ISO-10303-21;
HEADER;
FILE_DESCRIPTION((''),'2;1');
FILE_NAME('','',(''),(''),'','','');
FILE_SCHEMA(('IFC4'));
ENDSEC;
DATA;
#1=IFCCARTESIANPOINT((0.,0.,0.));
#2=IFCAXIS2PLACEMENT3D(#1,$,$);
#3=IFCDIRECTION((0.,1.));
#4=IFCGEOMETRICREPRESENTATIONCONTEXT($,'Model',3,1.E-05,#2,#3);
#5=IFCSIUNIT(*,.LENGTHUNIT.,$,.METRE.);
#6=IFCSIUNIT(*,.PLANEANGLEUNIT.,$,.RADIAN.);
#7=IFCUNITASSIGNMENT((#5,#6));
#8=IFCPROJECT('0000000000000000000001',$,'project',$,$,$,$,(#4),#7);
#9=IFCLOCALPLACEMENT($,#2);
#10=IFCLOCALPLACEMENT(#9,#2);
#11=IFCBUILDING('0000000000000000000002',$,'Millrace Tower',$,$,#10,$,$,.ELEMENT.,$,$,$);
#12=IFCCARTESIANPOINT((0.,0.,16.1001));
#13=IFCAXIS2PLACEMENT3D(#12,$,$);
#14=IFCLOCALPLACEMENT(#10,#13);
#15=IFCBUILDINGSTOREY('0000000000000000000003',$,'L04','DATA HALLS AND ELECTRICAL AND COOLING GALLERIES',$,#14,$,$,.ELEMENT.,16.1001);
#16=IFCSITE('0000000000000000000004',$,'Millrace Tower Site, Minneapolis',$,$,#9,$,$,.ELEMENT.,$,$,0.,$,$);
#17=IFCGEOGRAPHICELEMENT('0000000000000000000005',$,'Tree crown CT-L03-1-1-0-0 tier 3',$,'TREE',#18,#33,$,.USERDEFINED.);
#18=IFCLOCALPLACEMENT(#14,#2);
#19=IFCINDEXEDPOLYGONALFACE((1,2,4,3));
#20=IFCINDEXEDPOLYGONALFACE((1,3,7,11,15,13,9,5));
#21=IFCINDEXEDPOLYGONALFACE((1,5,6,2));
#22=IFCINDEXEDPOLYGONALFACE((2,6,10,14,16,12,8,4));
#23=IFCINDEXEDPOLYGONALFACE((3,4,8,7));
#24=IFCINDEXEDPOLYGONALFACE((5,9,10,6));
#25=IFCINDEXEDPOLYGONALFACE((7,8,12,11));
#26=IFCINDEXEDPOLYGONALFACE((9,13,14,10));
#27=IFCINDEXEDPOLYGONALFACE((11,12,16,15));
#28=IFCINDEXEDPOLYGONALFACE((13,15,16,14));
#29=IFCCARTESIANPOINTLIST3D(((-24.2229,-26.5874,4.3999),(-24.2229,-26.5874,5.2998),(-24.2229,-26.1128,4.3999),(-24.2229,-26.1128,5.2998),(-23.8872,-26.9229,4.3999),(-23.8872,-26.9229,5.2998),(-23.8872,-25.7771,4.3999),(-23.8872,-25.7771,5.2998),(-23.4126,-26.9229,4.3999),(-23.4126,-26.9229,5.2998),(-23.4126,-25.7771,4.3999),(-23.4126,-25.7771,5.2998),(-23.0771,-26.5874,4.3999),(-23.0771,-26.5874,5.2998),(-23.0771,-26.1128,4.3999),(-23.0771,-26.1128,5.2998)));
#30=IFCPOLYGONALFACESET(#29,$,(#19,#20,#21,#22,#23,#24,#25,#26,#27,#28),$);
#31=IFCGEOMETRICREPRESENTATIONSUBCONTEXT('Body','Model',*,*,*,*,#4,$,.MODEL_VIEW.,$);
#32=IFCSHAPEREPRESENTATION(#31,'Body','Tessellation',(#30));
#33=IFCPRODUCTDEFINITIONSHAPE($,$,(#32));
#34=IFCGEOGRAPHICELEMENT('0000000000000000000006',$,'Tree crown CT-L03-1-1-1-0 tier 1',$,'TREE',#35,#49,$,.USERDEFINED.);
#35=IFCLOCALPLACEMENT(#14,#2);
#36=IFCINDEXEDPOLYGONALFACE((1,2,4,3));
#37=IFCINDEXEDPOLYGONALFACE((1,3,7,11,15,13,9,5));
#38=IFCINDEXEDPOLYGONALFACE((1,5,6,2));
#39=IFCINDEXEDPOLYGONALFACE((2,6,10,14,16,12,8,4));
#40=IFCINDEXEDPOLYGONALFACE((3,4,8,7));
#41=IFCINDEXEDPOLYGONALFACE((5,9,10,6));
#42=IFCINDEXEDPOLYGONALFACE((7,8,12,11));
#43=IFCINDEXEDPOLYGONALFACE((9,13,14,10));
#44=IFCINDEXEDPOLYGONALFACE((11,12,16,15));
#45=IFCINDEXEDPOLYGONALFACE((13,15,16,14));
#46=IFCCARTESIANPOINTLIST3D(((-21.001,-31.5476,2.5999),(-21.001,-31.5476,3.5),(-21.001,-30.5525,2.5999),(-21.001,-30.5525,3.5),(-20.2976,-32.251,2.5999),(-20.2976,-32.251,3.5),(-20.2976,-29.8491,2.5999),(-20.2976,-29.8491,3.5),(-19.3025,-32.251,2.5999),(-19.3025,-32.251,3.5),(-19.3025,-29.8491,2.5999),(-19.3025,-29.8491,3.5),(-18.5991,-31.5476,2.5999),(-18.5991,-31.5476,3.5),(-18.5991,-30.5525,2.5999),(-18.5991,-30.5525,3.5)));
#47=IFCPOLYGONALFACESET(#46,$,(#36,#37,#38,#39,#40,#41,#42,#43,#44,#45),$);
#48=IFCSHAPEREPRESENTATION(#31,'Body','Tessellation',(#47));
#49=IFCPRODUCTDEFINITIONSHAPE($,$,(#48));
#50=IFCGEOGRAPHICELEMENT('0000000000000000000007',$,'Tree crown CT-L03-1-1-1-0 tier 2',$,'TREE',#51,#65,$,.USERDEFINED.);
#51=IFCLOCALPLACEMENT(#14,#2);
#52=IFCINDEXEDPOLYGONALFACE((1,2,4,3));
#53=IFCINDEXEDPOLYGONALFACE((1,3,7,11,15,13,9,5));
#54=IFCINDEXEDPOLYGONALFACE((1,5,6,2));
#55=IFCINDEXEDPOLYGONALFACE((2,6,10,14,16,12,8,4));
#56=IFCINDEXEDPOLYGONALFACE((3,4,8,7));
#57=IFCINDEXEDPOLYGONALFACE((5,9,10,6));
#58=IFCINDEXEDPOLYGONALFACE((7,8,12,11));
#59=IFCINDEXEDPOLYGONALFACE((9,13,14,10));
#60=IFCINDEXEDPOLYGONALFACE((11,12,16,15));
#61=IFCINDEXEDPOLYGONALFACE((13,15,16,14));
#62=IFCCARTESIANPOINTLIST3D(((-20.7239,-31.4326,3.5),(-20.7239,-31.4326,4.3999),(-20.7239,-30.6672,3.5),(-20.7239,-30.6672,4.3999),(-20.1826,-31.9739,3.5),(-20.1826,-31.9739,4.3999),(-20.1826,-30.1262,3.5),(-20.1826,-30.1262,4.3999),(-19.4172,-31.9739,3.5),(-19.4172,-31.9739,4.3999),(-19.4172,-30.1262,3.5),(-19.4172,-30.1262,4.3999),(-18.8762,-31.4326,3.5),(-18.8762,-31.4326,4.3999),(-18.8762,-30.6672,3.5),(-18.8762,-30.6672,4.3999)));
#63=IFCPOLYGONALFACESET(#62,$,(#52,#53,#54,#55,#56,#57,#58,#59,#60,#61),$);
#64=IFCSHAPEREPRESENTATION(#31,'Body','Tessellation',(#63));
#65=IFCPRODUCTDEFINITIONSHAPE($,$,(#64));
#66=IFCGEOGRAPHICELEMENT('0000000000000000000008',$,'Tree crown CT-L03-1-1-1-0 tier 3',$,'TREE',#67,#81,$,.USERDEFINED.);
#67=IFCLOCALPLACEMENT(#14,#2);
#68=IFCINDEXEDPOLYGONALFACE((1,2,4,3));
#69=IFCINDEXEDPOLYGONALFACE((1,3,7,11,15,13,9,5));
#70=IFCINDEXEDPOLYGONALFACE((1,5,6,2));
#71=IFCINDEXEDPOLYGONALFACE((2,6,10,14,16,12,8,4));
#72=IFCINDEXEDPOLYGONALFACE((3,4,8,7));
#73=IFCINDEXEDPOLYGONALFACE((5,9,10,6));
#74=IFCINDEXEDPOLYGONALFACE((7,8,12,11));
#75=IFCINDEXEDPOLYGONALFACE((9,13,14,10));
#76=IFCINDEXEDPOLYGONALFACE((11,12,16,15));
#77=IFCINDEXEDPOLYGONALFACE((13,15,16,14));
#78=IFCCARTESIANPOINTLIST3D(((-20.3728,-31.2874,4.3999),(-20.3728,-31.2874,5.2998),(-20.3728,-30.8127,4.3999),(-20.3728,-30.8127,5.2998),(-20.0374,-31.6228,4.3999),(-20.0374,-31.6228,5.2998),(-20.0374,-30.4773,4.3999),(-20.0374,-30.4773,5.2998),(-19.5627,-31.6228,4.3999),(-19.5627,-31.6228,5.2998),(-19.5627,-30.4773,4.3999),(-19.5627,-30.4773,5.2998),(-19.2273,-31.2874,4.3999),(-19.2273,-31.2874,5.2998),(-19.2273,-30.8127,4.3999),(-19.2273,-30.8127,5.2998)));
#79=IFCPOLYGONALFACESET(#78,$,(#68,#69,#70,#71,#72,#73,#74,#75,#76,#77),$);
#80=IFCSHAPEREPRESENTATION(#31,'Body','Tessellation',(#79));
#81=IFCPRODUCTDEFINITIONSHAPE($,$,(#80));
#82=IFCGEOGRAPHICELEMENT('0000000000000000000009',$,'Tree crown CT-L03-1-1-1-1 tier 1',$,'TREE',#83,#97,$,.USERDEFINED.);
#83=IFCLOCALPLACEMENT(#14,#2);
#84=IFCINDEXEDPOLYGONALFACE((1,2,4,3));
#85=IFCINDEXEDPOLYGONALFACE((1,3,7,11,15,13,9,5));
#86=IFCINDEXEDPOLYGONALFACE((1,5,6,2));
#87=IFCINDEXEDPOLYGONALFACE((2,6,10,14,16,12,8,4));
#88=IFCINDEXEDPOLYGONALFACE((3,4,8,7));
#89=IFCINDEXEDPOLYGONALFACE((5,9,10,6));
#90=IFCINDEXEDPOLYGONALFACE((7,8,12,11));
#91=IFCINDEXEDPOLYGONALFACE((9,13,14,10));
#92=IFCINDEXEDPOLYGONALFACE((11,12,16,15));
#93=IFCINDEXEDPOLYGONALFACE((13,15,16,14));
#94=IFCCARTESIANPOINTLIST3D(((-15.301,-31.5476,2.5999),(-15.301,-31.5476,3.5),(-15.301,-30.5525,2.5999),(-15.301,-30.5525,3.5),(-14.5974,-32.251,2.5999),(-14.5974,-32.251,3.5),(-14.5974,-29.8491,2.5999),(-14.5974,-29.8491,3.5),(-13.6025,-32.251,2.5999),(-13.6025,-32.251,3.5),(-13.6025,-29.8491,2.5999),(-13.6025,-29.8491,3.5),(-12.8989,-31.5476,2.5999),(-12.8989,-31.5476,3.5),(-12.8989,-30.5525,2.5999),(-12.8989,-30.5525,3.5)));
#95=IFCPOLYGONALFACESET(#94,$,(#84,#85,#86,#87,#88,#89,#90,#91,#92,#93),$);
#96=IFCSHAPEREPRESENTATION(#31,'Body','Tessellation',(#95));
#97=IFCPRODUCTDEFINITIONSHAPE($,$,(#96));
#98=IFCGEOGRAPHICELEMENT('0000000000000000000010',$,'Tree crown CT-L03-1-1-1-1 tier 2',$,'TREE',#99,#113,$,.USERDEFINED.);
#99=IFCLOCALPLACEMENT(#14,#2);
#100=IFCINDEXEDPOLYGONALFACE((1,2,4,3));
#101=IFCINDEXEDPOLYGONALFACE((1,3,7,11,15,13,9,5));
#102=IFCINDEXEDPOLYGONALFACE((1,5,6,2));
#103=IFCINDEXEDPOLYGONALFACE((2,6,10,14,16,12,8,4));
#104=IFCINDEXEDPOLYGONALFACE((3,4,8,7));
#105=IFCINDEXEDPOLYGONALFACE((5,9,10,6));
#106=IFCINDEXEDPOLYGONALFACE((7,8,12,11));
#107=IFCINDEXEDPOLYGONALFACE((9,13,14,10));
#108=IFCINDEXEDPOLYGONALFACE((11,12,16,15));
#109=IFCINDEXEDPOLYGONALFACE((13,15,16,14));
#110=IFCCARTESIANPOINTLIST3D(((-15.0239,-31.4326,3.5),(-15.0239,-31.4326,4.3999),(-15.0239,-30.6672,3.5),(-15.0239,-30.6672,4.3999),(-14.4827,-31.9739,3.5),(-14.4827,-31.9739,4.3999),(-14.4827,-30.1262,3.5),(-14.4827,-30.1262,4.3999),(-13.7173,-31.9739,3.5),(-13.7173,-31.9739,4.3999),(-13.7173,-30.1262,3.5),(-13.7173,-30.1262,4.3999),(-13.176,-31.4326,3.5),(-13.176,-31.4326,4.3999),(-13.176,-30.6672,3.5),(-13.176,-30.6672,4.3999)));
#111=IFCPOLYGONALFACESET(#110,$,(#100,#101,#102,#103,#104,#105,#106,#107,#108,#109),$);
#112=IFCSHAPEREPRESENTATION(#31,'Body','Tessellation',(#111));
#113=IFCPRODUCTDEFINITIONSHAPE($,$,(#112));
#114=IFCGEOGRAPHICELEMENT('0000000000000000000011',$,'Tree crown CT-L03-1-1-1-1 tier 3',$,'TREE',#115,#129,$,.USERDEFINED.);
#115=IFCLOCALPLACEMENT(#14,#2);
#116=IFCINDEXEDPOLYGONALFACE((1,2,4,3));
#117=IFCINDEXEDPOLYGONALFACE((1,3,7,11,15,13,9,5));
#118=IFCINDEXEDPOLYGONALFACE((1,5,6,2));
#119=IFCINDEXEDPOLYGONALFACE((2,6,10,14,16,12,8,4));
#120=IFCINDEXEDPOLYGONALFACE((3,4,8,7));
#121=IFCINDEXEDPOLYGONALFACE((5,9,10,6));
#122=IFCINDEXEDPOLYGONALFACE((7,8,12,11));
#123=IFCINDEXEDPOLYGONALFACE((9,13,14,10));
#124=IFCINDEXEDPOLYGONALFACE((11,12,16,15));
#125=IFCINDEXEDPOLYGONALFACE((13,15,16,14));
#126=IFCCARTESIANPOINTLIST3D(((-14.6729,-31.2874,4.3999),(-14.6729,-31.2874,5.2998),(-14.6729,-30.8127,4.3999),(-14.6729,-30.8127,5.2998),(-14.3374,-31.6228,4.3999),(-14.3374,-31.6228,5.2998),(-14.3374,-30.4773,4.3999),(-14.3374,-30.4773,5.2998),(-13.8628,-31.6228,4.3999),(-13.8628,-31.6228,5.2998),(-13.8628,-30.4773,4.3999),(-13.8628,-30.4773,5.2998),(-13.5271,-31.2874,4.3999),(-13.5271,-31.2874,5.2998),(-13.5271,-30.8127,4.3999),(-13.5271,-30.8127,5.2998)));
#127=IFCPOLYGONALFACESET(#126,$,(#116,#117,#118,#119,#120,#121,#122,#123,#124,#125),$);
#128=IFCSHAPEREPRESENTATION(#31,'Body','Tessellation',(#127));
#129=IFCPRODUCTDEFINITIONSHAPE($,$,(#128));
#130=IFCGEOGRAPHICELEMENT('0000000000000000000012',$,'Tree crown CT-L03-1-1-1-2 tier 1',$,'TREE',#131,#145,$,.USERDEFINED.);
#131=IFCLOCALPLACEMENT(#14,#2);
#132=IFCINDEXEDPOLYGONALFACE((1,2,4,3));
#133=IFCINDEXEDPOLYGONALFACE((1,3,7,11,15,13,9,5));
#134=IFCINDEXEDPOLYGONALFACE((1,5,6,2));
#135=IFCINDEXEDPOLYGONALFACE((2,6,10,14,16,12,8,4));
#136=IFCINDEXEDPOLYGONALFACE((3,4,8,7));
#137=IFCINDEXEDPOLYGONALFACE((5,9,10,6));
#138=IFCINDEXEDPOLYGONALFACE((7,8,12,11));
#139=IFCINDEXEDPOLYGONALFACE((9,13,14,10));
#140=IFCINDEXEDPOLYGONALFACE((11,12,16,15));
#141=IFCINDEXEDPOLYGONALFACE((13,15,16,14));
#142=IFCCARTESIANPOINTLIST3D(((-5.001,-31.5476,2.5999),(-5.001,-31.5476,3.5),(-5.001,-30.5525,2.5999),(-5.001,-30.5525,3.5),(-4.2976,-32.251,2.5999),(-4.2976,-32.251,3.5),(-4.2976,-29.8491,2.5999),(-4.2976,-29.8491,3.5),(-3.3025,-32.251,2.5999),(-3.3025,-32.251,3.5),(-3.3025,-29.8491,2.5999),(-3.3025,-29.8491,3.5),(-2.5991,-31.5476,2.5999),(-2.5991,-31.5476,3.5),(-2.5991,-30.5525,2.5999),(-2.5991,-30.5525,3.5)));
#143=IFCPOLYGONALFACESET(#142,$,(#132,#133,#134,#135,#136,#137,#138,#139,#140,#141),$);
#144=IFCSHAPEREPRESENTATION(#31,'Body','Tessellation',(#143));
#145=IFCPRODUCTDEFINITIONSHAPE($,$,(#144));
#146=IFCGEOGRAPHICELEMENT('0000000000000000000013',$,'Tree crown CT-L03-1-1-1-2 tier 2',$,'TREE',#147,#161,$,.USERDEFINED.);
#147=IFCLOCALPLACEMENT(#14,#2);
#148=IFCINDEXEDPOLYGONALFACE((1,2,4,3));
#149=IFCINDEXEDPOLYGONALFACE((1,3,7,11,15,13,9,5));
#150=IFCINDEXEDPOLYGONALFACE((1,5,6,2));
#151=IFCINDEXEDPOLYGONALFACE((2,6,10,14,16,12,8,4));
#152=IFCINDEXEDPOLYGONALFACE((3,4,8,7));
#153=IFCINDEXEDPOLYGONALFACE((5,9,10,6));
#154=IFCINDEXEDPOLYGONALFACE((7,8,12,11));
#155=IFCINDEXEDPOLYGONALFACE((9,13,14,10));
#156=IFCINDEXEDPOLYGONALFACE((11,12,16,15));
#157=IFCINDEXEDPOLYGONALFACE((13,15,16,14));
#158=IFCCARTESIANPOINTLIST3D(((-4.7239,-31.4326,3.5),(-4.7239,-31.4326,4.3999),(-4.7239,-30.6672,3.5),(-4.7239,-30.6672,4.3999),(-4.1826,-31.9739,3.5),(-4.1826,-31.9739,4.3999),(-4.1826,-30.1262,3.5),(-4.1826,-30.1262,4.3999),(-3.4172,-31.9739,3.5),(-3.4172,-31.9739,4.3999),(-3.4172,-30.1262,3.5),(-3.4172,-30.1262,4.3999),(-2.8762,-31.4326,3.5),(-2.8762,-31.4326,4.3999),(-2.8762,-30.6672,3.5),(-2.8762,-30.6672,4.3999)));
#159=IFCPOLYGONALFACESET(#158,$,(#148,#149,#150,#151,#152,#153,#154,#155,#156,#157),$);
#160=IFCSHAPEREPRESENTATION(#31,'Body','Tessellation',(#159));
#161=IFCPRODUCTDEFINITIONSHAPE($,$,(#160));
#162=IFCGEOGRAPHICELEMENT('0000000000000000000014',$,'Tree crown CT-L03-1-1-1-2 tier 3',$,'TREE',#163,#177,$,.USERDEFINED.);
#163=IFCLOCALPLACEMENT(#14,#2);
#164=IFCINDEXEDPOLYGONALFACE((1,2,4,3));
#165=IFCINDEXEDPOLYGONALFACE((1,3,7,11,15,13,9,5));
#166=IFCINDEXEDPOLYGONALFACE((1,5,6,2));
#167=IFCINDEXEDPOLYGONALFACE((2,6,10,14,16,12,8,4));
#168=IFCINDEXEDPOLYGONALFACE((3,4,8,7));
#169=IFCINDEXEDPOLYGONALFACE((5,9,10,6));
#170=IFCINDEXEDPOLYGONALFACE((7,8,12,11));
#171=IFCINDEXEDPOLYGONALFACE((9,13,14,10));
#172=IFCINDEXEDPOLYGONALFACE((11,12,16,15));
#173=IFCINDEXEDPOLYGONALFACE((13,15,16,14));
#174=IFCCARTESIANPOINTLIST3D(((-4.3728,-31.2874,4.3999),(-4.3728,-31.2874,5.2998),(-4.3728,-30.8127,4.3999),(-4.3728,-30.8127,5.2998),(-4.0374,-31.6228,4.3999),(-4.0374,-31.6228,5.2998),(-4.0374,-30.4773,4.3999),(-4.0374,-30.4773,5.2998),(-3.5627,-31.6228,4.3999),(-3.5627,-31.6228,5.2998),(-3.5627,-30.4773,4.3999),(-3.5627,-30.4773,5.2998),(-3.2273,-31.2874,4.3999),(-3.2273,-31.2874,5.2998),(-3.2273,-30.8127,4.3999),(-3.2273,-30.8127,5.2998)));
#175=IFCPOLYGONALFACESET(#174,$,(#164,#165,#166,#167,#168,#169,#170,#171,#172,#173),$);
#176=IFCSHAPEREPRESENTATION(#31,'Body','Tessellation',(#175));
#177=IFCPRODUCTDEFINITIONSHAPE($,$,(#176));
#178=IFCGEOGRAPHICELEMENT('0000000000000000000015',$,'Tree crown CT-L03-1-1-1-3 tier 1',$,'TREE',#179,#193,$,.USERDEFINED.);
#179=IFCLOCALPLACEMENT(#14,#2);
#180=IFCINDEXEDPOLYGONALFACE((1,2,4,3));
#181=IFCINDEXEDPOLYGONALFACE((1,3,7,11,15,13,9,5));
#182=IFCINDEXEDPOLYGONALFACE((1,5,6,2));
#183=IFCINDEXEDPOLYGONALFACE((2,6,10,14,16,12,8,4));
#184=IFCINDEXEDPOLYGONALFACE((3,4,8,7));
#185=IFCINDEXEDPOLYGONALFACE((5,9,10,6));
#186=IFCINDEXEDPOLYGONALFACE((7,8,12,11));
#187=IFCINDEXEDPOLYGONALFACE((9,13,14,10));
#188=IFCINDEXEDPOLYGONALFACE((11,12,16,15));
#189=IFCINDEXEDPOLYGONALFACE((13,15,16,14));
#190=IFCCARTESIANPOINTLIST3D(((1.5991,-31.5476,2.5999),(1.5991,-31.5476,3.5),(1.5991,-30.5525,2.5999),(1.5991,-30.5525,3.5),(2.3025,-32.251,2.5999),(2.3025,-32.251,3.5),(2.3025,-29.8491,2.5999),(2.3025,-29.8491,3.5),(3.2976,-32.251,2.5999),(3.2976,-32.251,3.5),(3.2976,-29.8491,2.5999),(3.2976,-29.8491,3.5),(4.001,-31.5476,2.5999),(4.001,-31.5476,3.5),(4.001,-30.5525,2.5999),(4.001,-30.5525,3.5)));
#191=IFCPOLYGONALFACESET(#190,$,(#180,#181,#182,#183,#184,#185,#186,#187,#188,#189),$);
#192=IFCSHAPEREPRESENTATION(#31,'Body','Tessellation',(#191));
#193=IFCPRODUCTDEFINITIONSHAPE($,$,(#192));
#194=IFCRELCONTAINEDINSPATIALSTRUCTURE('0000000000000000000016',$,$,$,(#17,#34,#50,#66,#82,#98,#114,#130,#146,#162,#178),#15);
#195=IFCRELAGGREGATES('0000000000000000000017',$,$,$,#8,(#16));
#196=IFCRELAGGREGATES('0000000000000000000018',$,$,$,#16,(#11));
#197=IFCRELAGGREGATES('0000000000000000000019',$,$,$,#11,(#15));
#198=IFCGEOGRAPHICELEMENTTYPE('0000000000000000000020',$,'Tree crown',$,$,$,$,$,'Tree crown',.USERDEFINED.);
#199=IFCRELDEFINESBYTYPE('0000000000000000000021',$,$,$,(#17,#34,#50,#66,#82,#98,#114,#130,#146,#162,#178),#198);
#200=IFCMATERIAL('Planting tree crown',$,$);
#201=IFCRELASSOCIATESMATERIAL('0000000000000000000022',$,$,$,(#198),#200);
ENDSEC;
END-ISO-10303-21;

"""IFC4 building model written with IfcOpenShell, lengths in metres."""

from ifc_helpers import new_model, si_unit, direction, frame, origin, place, context, subcontext, project, spatial, polyline, outline, extrude, material, type_object, element, save


model = new_model("IFC4")

# Units and contexts
model_context = context("Model", 3, precision=1e-05, world=origin(), true_north=direction((0.0, 1.0)))
body_context = subcontext(model_context, "Body", "Model", "MODEL_VIEW")
ifc_project = project(units=[si_unit("LENGTHUNIT", "METRE"), si_unit("PLANEANGLEUNIT", "RADIAN")], contexts=[model_context])

# Site, building, storey
site_placement = place(None, origin())
site = spatial("IfcSite", under=ifc_project, at=site_placement, Name="Millrace Tower Site, Minneapolis", CompositionType="ELEMENT", RefElevation=0.0)
building_placement = place(site_placement, origin())
building = spatial("IfcBuilding", under=site, at=building_placement, Name="Millrace Tower", CompositionType="ELEMENT")
storey_placement = place(building_placement, frame((0.0, 0.0, 16.1001)))
storey = spatial("IfcBuildingStorey", under=building, at=storey_placement, Name="L04", Description="DATA HALLS AND ELECTRICAL AND COOLING GALLERIES", CompositionType="ELEMENT", Elevation=16.1001)

# Geographic elements
ifc_material_1 = material(Name="Planting tree crown")
geographic_element_type = type_object("IfcGeographicElementType", Name="Tree crown", ElementType="Tree crown", PredefinedType="USERDEFINED", material=ifc_material_1)
placement_1 = place(storey_placement, frame((0.0, 0.0, 2.5999)))
placement_2 = place(storey_placement, frame((0.0, 0.0, 3.5)))
placement_3 = place(storey_placement, frame((0.0, 0.0, 4.3999)))
element("IfcGeographicElement", 1, at=placement_3, inside=storey, type_object=geographic_element_type, Name="Tree crown CT-L03-1-1-0-0 tier 3", ObjectType="TREE", PredefinedType="USERDEFINED", context=body_context, shape_type="SweptSolid", body=[
    extrude(outline(polyline([(-23.0771, -26.1128), (-23.4126, -25.7771), (-23.8872, -25.7771), (-24.2229, -26.1128), (-24.2229, -26.5874), (-23.8872, -26.9229), (-23.4126, -26.9229), (-23.0771, -26.5874), (-23.0771, -26.1128)])), origin(), (0.0, 0.0, 1.0), 0.8999),
])
element("IfcGeographicElement", 2, at=placement_1, inside=storey, type_object=geographic_element_type, Name="Tree crown CT-L03-1-1-1-0 tier 1", ObjectType="TREE", PredefinedType="USERDEFINED", context=body_context, shape_type="SweptSolid", body=[
    extrude(outline(polyline([(-18.5991, -30.5525), (-19.3025, -29.8491), (-20.2976, -29.8491), (-21.001, -30.5525), (-21.001, -31.5476), (-20.2976, -32.251), (-19.3025, -32.251), (-18.5991, -31.5476), (-18.5991, -30.5525)])), origin(), (0.0, 0.0, 1.0), 0.9001),
])
element("IfcGeographicElement", 3, at=placement_2, inside=storey, type_object=geographic_element_type, Name="Tree crown CT-L03-1-1-1-0 tier 2", ObjectType="TREE", PredefinedType="USERDEFINED", context=body_context, shape_type="SweptSolid", body=[
    extrude(outline(polyline([(-18.8762, -30.6672), (-19.4172, -30.1262), (-20.1826, -30.1262), (-20.7239, -30.6672), (-20.7239, -31.4326), (-20.1826, -31.9739), (-19.4172, -31.9739), (-18.8762, -31.4326), (-18.8762, -30.6672)])), origin(), (0.0, 0.0, 1.0), 0.8999),
])
element("IfcGeographicElement", 4, at=placement_3, inside=storey, type_object=geographic_element_type, Name="Tree crown CT-L03-1-1-1-0 tier 3", ObjectType="TREE", PredefinedType="USERDEFINED", context=body_context, shape_type="SweptSolid", body=[
    extrude(outline(polyline([(-19.2273, -30.8127), (-19.5627, -30.4773), (-20.0374, -30.4773), (-20.3728, -30.8127), (-20.3728, -31.2874), (-20.0374, -31.6228), (-19.5627, -31.6228), (-19.2273, -31.2874), (-19.2273, -30.8127)])), origin(), (0.0, 0.0, 1.0), 0.8999),
])
element("IfcGeographicElement", 5, at=placement_1, inside=storey, type_object=geographic_element_type, Name="Tree crown CT-L03-1-1-1-1 tier 1", ObjectType="TREE", PredefinedType="USERDEFINED", context=body_context, shape_type="SweptSolid", body=[
    extrude(outline(polyline([(-12.8989, -30.5525), (-13.6025, -29.8491), (-14.5974, -29.8491), (-15.301, -30.5525), (-15.301, -31.5476), (-14.5974, -32.251), (-13.6025, -32.251), (-12.8989, -31.5476), (-12.8989, -30.5525)])), origin(), (0.0, 0.0, 1.0), 0.9001),
])
element("IfcGeographicElement", 6, at=placement_2, inside=storey, type_object=geographic_element_type, Name="Tree crown CT-L03-1-1-1-1 tier 2", ObjectType="TREE", PredefinedType="USERDEFINED", context=body_context, shape_type="SweptSolid", body=[
    extrude(outline(polyline([(-13.176, -30.6672), (-13.7173, -30.1262), (-14.4827, -30.1262), (-15.0239, -30.6672), (-15.0239, -31.4326), (-14.4827, -31.9739), (-13.7173, -31.9739), (-13.176, -31.4326), (-13.176, -30.6672)])), origin(), (0.0, 0.0, 1.0), 0.8999),
])
element("IfcGeographicElement", 7, at=placement_3, inside=storey, type_object=geographic_element_type, Name="Tree crown CT-L03-1-1-1-1 tier 3", ObjectType="TREE", PredefinedType="USERDEFINED", context=body_context, shape_type="SweptSolid", body=[
    extrude(outline(polyline([(-13.5271, -30.8127), (-13.8628, -30.4773), (-14.3374, -30.4773), (-14.6729, -30.8127), (-14.6729, -31.2874), (-14.3374, -31.6228), (-13.8628, -31.6228), (-13.5271, -31.2874), (-13.5271, -30.8127)])), origin(), (0.0, 0.0, 1.0), 0.8999),
])
element("IfcGeographicElement", 8, at=placement_1, inside=storey, type_object=geographic_element_type, Name="Tree crown CT-L03-1-1-1-2 tier 1", ObjectType="TREE", PredefinedType="USERDEFINED", context=body_context, shape_type="SweptSolid", body=[
    extrude(outline(polyline([(-2.5991, -30.5525), (-3.3025, -29.8491), (-4.2976, -29.8491), (-5.001, -30.5525), (-5.001, -31.5476), (-4.2976, -32.251), (-3.3025, -32.251), (-2.5991, -31.5476), (-2.5991, -30.5525)])), origin(), (0.0, 0.0, 1.0), 0.9001),
])
element("IfcGeographicElement", 9, at=placement_2, inside=storey, type_object=geographic_element_type, Name="Tree crown CT-L03-1-1-1-2 tier 2", ObjectType="TREE", PredefinedType="USERDEFINED", context=body_context, shape_type="SweptSolid", body=[
    extrude(outline(polyline([(-2.8762, -30.6672), (-3.4172, -30.1262), (-4.1826, -30.1262), (-4.7239, -30.6672), (-4.7239, -31.4326), (-4.1826, -31.9739), (-3.4172, -31.9739), (-2.8762, -31.4326), (-2.8762, -30.6672)])), origin(), (0.0, 0.0, 1.0), 0.8999),
])
element("IfcGeographicElement", 10, at=placement_3, inside=storey, type_object=geographic_element_type, Name="Tree crown CT-L03-1-1-1-2 tier 3", ObjectType="TREE", PredefinedType="USERDEFINED", context=body_context, shape_type="SweptSolid", body=[
    extrude(outline(polyline([(-3.2273, -30.8127), (-3.5627, -30.4773), (-4.0374, -30.4773), (-4.3728, -30.8127), (-4.3728, -31.2874), (-4.0374, -31.6228), (-3.5627, -31.6228), (-3.2273, -31.2874), (-3.2273, -30.8127)])), origin(), (0.0, 0.0, 1.0), 0.8999),
])
element("IfcGeographicElement", 11, at=placement_1, inside=storey, type_object=geographic_element_type, Name="Tree crown CT-L03-1-1-1-3 tier 1", ObjectType="TREE", PredefinedType="USERDEFINED", context=body_context, shape_type="SweptSolid", body=[
    extrude(outline(polyline([(4.001, -30.5525), (3.2976, -29.8491), (2.3025, -29.8491), (1.5991, -30.5525), (1.5991, -31.5476), (2.3025, -32.251), (3.2976, -32.251), (4.001, -31.5476), (4.001, -30.5525)])), origin(), (0.0, 0.0, 1.0), 0.9001),
])

save(model, "model.ifc")
